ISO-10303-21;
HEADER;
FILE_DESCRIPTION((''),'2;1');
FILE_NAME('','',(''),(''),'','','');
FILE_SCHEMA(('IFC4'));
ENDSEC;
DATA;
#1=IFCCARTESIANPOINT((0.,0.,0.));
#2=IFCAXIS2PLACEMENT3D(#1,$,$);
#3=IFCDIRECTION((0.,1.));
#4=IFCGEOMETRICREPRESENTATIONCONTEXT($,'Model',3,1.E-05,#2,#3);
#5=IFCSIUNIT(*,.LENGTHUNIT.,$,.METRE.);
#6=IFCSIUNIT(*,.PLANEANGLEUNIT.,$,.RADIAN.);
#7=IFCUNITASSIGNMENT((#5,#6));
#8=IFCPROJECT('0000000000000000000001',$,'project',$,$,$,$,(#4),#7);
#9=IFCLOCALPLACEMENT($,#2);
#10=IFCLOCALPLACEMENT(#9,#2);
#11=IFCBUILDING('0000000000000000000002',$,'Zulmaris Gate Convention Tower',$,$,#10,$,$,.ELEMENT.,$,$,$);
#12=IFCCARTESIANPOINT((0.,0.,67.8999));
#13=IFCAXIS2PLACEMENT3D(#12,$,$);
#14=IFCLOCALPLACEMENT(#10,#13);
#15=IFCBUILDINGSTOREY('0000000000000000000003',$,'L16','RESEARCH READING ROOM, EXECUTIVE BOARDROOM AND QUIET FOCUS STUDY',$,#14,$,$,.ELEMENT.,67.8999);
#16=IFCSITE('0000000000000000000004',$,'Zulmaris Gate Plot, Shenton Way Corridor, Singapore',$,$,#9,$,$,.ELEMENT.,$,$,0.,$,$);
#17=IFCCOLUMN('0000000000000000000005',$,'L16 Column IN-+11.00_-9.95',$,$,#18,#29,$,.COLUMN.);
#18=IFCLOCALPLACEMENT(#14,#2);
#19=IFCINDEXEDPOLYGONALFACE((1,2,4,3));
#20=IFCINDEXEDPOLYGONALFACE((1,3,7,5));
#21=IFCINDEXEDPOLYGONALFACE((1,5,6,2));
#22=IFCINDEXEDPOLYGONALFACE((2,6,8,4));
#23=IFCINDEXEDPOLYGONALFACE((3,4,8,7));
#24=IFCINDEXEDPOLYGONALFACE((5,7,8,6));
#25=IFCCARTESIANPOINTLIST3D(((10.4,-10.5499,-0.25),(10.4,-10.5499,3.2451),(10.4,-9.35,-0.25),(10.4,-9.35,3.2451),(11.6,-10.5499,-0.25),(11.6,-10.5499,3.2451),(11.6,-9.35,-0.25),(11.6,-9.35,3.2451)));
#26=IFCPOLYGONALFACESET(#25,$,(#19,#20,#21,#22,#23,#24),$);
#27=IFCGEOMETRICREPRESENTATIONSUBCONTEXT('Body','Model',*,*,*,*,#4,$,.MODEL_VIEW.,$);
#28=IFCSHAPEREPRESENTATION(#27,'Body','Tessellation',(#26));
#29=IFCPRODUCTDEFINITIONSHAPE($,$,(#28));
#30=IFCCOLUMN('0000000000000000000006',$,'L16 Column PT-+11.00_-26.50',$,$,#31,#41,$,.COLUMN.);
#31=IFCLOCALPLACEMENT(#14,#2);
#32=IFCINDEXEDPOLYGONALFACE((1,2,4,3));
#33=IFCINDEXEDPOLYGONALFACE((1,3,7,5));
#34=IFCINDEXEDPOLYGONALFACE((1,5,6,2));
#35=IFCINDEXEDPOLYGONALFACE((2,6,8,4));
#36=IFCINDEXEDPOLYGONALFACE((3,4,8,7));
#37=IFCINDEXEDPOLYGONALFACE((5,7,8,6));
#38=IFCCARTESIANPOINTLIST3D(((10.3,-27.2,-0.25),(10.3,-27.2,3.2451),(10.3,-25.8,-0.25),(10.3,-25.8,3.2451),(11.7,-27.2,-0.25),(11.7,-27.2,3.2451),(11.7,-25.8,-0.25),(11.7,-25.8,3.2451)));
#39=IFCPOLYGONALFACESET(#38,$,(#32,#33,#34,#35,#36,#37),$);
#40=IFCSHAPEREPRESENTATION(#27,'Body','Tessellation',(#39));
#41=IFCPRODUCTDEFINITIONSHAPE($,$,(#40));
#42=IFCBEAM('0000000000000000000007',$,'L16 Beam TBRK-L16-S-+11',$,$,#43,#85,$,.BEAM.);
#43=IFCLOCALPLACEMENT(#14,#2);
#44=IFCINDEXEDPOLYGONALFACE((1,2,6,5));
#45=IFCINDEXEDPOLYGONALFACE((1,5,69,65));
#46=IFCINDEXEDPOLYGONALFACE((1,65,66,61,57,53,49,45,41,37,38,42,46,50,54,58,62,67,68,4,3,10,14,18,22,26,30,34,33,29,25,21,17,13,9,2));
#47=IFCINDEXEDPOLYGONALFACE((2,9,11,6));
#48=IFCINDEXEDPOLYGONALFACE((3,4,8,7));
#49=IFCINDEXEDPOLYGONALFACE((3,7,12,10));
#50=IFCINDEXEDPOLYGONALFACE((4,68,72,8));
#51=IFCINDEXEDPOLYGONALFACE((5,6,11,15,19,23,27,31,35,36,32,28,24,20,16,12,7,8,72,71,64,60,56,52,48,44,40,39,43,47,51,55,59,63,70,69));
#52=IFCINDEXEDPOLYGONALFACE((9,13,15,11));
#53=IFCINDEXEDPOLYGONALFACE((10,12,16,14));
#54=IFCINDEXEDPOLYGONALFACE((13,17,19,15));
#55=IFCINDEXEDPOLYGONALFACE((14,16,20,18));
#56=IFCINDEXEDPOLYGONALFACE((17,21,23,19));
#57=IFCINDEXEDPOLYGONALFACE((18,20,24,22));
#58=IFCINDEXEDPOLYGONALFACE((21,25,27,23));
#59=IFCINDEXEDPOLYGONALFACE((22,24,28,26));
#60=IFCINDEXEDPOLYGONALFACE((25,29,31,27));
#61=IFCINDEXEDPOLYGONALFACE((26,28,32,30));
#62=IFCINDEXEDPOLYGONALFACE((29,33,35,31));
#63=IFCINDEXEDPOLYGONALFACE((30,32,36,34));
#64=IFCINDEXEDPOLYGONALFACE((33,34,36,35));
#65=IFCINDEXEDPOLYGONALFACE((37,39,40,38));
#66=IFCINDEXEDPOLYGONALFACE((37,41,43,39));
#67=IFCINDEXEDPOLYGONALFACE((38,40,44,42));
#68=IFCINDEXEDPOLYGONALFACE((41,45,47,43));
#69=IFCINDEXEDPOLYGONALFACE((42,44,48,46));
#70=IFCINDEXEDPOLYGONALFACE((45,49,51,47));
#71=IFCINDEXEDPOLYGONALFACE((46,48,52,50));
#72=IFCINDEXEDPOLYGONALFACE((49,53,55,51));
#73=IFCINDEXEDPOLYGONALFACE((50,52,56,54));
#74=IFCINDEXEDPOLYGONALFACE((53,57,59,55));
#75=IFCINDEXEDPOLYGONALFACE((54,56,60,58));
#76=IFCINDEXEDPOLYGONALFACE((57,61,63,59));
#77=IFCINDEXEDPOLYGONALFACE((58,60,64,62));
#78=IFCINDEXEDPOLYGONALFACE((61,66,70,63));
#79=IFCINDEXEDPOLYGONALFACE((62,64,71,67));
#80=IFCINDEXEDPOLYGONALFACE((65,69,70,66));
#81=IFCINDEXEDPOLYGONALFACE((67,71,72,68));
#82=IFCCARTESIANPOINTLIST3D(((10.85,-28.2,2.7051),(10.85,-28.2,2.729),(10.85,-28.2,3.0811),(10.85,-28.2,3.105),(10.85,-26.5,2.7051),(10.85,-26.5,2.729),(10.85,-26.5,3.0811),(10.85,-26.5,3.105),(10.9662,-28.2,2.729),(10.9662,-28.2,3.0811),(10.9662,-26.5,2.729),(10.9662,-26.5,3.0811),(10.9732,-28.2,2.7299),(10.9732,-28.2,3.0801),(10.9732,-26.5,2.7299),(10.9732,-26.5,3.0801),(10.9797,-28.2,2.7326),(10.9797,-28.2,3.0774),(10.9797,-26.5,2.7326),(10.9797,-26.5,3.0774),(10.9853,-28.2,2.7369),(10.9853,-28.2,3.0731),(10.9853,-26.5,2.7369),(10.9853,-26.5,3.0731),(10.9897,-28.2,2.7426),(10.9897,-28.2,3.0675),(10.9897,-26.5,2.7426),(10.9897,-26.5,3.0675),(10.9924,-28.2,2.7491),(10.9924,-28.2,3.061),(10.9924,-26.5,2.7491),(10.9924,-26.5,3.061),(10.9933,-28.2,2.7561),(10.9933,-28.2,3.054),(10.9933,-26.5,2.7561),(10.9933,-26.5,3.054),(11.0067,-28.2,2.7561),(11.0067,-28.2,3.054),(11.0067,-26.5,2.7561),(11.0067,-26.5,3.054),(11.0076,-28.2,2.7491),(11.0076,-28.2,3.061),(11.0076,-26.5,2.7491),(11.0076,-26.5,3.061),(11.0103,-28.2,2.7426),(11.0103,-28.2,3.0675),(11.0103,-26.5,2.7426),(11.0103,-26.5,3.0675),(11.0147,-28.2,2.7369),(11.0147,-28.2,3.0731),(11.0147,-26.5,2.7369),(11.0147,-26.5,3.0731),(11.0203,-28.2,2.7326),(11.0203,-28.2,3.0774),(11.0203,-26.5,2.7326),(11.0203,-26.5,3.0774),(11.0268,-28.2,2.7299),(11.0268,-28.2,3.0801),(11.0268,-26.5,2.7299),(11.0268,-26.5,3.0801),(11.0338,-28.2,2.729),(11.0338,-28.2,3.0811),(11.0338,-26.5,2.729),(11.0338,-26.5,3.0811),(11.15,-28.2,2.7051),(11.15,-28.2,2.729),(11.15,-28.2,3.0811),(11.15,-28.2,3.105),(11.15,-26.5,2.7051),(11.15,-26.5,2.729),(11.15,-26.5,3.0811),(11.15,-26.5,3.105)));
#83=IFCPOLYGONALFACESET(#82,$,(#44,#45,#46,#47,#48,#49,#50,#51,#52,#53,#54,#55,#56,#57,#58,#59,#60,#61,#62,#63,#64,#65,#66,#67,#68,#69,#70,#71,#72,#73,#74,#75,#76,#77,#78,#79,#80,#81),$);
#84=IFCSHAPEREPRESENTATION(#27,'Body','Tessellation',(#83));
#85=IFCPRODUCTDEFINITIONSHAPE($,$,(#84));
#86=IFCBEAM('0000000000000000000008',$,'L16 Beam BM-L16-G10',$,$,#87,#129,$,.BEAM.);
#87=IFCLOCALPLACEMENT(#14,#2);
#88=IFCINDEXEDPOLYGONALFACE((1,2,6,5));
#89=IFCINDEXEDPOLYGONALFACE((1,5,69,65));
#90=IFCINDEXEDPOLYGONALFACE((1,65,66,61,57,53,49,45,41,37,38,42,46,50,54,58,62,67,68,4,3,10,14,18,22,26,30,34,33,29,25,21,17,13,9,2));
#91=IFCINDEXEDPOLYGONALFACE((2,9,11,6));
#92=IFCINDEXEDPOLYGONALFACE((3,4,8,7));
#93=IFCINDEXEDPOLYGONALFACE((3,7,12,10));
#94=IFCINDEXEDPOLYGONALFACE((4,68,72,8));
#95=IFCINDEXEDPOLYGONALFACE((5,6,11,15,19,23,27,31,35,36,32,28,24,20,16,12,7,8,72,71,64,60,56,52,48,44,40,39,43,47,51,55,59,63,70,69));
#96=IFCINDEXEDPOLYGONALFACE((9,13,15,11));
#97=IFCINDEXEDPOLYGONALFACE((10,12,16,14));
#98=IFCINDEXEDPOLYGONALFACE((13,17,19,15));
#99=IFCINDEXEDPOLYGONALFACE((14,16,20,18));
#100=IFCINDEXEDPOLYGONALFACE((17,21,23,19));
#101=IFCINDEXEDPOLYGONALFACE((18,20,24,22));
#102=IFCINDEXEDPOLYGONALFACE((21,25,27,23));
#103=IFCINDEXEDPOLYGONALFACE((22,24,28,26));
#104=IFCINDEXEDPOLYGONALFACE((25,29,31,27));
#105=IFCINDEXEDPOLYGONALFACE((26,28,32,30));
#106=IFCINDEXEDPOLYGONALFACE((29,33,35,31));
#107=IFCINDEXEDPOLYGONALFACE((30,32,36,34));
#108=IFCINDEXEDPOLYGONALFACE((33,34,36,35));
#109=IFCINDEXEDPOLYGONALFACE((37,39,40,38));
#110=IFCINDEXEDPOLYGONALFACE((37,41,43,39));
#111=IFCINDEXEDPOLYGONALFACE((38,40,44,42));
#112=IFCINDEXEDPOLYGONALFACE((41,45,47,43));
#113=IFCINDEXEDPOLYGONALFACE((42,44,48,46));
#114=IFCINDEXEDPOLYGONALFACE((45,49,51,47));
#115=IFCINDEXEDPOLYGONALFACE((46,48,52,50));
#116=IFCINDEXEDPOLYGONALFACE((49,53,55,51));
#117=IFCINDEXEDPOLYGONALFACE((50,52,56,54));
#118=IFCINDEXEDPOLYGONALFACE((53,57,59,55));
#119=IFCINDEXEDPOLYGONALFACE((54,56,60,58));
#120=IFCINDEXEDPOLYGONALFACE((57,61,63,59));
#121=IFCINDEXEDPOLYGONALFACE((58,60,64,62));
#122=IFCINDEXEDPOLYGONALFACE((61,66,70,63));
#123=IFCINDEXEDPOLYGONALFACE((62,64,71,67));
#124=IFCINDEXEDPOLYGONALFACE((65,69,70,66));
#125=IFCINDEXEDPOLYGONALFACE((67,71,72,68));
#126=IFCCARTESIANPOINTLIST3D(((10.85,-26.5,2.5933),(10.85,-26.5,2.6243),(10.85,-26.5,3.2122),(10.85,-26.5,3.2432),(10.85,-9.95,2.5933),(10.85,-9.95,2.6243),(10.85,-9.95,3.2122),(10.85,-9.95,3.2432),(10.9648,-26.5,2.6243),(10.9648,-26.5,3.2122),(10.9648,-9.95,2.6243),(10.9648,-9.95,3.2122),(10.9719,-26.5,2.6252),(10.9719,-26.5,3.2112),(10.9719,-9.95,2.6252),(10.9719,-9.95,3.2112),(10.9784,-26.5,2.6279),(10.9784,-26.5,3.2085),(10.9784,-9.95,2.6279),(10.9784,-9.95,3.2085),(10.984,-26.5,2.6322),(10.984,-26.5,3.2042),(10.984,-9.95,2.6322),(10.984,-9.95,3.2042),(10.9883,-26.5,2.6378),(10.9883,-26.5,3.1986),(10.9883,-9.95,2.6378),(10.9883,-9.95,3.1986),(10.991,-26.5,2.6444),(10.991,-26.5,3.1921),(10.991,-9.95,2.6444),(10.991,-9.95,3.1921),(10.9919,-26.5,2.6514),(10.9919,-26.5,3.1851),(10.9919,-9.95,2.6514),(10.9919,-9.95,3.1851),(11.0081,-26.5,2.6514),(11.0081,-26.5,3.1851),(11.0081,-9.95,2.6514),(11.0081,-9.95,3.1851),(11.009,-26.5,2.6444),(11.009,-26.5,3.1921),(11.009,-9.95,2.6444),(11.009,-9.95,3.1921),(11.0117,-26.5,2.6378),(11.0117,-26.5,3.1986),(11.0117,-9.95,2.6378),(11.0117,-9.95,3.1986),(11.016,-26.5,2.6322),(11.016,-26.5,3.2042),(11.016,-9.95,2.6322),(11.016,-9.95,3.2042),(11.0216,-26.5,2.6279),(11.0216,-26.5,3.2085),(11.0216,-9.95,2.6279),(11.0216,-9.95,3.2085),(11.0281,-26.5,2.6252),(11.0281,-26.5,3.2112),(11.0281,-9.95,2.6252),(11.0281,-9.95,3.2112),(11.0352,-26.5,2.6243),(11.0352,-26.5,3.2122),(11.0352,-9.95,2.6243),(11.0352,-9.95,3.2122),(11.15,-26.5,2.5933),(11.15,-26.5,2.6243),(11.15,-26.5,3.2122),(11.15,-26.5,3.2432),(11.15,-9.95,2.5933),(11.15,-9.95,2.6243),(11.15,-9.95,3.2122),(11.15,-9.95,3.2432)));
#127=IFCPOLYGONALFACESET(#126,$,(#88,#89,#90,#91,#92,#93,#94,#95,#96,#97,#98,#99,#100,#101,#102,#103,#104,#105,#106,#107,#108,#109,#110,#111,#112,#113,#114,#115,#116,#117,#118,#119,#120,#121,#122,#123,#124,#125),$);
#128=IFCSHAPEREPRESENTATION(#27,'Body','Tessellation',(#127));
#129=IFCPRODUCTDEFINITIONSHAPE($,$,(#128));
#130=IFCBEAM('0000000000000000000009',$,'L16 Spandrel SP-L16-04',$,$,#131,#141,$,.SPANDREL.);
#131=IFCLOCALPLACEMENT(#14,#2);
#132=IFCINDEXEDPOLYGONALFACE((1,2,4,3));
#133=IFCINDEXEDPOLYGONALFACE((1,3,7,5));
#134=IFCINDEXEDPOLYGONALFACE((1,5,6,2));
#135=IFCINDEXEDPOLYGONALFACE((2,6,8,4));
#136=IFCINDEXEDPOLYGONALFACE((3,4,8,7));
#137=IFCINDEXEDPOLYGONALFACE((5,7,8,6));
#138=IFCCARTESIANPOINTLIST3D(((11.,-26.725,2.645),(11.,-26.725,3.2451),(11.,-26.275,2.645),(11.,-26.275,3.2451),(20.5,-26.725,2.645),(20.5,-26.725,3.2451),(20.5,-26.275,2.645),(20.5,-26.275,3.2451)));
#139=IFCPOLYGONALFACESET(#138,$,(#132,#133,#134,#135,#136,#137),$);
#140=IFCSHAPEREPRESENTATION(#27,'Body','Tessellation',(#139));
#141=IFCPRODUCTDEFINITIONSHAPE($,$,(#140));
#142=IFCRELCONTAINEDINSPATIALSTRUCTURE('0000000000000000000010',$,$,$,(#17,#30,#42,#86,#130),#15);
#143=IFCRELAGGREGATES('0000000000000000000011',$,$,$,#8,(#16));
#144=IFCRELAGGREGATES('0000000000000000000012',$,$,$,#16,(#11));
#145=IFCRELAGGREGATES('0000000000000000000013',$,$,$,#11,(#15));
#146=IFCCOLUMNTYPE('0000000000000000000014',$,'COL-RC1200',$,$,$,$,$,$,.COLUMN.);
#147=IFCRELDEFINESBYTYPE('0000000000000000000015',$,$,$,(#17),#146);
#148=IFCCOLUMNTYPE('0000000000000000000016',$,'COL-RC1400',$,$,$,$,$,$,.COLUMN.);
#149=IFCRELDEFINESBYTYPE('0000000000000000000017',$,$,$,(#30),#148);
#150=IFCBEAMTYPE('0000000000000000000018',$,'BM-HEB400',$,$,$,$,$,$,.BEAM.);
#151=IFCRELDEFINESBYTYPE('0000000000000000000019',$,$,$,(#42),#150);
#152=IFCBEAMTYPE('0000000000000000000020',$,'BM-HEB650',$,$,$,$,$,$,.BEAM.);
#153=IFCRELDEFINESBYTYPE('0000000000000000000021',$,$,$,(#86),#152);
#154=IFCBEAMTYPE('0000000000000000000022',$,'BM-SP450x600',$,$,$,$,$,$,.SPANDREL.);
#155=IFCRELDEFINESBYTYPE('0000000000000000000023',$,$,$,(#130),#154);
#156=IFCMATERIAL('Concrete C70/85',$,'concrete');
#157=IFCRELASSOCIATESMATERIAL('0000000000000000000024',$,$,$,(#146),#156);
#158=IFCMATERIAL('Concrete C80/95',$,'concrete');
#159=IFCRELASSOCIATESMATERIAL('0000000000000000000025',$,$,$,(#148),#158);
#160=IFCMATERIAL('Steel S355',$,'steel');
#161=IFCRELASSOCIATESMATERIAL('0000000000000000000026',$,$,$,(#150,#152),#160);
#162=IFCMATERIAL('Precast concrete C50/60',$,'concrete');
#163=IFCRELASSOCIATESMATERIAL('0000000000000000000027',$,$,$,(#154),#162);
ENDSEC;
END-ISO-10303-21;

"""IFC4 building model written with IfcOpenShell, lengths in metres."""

from ifc_helpers import new_model, si_unit, direction, frame, origin, origin_2d, place, context, subcontext, project, spatial, rectangle, i_section, extrude, material, material_profile, profile_set, type_object, element, save


model = new_model("IFC4")

# Units and contexts
model_context = context("Model", 3, precision=1e-05, world=origin(), true_north=direction((0.0, 1.0)))
body_context = subcontext(model_context, "Body", "Model", "MODEL_VIEW")
ifc_project = project(units=[si_unit("LENGTHUNIT", "METRE"), si_unit("PLANEANGLEUNIT", "RADIAN")], contexts=[model_context])

# Site, building, storey
site_placement = place(None, origin())
site = spatial("IfcSite", under=ifc_project, at=site_placement, Name="Zulmaris Gate Plot, Shenton Way Corridor, Singapore", CompositionType="ELEMENT", RefElevation=0.0)
building_placement = place(site_placement, origin())
building = spatial("IfcBuilding", under=site, at=building_placement, Name="Zulmaris Gate Convention Tower", CompositionType="ELEMENT")
storey_placement = place(building_placement, frame((0.0, 0.0, 67.8999)))
storey = spatial("IfcBuildingStorey", under=building, at=storey_placement, Name="L16", Description="RESEARCH READING ROOM, EXECUTIVE BOARDROOM AND QUIET FOCUS STUDY", CompositionType="ELEMENT", Elevation=67.8999)

# Columns
ifc_material_1 = material(Name="Concrete C70/85", Category="concrete")
ifc_material_profile_1 = material_profile(ifc_material_1, rectangle(XDim=1.2, YDim=1.2, at=origin_2d()), Name="RC COL 1200x1200")
ifc_profile_set_1 = profile_set([ifc_material_profile_1], Name="Concrete C70/85")
column_type_1 = type_object("IfcColumnType", Name="COL-RC1200", PredefinedType="COLUMN", material=ifc_profile_set_1)
column_1_placement = place(storey_placement, frame((11.0, -9.95, -0.25), z_axis=(0.0, 0.0, 1.0), x_axis=(1.0, 0.0, 0.0)))
element("IfcColumn", 1, at=column_1_placement, inside=storey, type_object=column_type_1, Name="L16 Column IN-+11.00_-9.95", PredefinedType="COLUMN", context=body_context, shape_type="SweptSolid", body=[
    extrude(rectangle(XDim=1.2, YDim=1.2, at=origin_2d()), origin(), (0.0, 0.0, 1.0), 3.4951),
])
ifc_material_2 = material(Name="Concrete C80/95", Category="concrete")
ifc_material_profile_2 = material_profile(ifc_material_2, rectangle(XDim=1.3999, YDim=1.3999, at=origin_2d()), Name="RC COL 1400x1400")
ifc_profile_set_2 = profile_set([ifc_material_profile_2], Name="Concrete C80/95")
column_type_2 = type_object("IfcColumnType", Name="COL-RC1400", PredefinedType="COLUMN", material=ifc_profile_set_2)
column_2_placement = place(storey_placement, frame((11.0, -26.5, -0.25), z_axis=(0.0, 0.0, 1.0), x_axis=(1.0, 0.0, 0.0)))
element("IfcColumn", 2, at=column_2_placement, inside=storey, type_object=column_type_2, Name="L16 Column PT-+11.00_-26.50", PredefinedType="COLUMN", context=body_context, shape_type="SweptSolid", body=[
    extrude(rectangle(XDim=1.3999, YDim=1.3999, at=origin_2d()), origin(), (0.0, 0.0, 1.0), 3.4951),
])

# Beams
ifc_material_3 = material(Name="Steel S355", Category="steel")
ifc_material_profile_3 = material_profile(ifc_material_3, i_section(OverallWidth=0.3, OverallDepth=0.3999, WebThickness=0.0134, FlangeThickness=0.0239, FilletRadius=0.0271, at=origin_2d()), Name="HEB 400")
ifc_profile_set_3 = profile_set([ifc_material_profile_3], Name="Steel S355")
beam_type_1 = type_object("IfcBeamType", Name="BM-HEB400", PredefinedType="BEAM", material=ifc_profile_set_3)
beam_1_placement = place(storey_placement, frame((11.0, -28.2, 2.905), z_axis=(0.0, 1.0, 0.0), x_axis=(-1.0, 0.0, 0.0)))
element("IfcBeam", 3, at=beam_1_placement, inside=storey, type_object=beam_type_1, Name="L16 Beam TBRK-L16-S-+11", PredefinedType="BEAM", context=body_context, shape_type="SweptSolid", body=[
    extrude(i_section(OverallWidth=0.3, OverallDepth=0.3999, WebThickness=0.0134, FlangeThickness=0.0239, FilletRadius=0.0271, at=origin_2d()), origin(), (0.0, 0.0, 1.0), 1.7),
])
ifc_material_profile_4 = material_profile(ifc_material_3, i_section(OverallWidth=0.3, OverallDepth=0.6499, WebThickness=0.0161, FlangeThickness=0.031, FilletRadius=0.0271, at=origin_2d()), Name="HEB 650")
ifc_profile_set_4 = profile_set([ifc_material_profile_4], Name="Steel S355")
beam_type_2 = type_object("IfcBeamType", Name="BM-HEB650", PredefinedType="BEAM", material=ifc_profile_set_4)
beam_2_placement = place(storey_placement, frame((11.0, -26.5, 2.9182), z_axis=(0.0, 1.0, 0.0), x_axis=(-1.0, 0.0, 0.0)))
element("IfcBeam", 4, at=beam_2_placement, inside=storey, type_object=beam_type_2, Name="L16 Beam BM-L16-G10", PredefinedType="BEAM", context=body_context, shape_type="SweptSolid", body=[
    extrude(i_section(OverallWidth=0.3, OverallDepth=0.6499, WebThickness=0.0161, FlangeThickness=0.031, FilletRadius=0.0271, at=origin_2d()), origin(), (0.0, 0.0, 1.0), 16.55),
])
ifc_material_4 = material(Name="Precast concrete C50/60", Category="concrete")
ifc_material_profile_5 = material_profile(ifc_material_4, rectangle(XDim=0.45, YDim=0.6001, at=origin_2d()), Name="RC SPANDREL 450x600")
ifc_profile_set_5 = profile_set([ifc_material_profile_5], Name="Precast concrete C50/60")
beam_type_3 = type_object("IfcBeamType", Name="BM-SP450x600", PredefinedType="SPANDREL", material=ifc_profile_set_5)
beam_3_placement = place(storey_placement, frame((11.0, -26.5, 2.9451), z_axis=(1.0, 0.0, 0.0), x_axis=(0.0, 1.0, 0.0)))
element("IfcBeam", 5, at=beam_3_placement, inside=storey, type_object=beam_type_3, Name="L16 Spandrel SP-L16-04", PredefinedType="SPANDREL", context=body_context, shape_type="SweptSolid", body=[
    extrude(rectangle(XDim=0.45, YDim=0.6001, at=origin_2d()), origin(), (0.0, 0.0, 1.0), 9.5),
])

save(model, "model.ifc")
